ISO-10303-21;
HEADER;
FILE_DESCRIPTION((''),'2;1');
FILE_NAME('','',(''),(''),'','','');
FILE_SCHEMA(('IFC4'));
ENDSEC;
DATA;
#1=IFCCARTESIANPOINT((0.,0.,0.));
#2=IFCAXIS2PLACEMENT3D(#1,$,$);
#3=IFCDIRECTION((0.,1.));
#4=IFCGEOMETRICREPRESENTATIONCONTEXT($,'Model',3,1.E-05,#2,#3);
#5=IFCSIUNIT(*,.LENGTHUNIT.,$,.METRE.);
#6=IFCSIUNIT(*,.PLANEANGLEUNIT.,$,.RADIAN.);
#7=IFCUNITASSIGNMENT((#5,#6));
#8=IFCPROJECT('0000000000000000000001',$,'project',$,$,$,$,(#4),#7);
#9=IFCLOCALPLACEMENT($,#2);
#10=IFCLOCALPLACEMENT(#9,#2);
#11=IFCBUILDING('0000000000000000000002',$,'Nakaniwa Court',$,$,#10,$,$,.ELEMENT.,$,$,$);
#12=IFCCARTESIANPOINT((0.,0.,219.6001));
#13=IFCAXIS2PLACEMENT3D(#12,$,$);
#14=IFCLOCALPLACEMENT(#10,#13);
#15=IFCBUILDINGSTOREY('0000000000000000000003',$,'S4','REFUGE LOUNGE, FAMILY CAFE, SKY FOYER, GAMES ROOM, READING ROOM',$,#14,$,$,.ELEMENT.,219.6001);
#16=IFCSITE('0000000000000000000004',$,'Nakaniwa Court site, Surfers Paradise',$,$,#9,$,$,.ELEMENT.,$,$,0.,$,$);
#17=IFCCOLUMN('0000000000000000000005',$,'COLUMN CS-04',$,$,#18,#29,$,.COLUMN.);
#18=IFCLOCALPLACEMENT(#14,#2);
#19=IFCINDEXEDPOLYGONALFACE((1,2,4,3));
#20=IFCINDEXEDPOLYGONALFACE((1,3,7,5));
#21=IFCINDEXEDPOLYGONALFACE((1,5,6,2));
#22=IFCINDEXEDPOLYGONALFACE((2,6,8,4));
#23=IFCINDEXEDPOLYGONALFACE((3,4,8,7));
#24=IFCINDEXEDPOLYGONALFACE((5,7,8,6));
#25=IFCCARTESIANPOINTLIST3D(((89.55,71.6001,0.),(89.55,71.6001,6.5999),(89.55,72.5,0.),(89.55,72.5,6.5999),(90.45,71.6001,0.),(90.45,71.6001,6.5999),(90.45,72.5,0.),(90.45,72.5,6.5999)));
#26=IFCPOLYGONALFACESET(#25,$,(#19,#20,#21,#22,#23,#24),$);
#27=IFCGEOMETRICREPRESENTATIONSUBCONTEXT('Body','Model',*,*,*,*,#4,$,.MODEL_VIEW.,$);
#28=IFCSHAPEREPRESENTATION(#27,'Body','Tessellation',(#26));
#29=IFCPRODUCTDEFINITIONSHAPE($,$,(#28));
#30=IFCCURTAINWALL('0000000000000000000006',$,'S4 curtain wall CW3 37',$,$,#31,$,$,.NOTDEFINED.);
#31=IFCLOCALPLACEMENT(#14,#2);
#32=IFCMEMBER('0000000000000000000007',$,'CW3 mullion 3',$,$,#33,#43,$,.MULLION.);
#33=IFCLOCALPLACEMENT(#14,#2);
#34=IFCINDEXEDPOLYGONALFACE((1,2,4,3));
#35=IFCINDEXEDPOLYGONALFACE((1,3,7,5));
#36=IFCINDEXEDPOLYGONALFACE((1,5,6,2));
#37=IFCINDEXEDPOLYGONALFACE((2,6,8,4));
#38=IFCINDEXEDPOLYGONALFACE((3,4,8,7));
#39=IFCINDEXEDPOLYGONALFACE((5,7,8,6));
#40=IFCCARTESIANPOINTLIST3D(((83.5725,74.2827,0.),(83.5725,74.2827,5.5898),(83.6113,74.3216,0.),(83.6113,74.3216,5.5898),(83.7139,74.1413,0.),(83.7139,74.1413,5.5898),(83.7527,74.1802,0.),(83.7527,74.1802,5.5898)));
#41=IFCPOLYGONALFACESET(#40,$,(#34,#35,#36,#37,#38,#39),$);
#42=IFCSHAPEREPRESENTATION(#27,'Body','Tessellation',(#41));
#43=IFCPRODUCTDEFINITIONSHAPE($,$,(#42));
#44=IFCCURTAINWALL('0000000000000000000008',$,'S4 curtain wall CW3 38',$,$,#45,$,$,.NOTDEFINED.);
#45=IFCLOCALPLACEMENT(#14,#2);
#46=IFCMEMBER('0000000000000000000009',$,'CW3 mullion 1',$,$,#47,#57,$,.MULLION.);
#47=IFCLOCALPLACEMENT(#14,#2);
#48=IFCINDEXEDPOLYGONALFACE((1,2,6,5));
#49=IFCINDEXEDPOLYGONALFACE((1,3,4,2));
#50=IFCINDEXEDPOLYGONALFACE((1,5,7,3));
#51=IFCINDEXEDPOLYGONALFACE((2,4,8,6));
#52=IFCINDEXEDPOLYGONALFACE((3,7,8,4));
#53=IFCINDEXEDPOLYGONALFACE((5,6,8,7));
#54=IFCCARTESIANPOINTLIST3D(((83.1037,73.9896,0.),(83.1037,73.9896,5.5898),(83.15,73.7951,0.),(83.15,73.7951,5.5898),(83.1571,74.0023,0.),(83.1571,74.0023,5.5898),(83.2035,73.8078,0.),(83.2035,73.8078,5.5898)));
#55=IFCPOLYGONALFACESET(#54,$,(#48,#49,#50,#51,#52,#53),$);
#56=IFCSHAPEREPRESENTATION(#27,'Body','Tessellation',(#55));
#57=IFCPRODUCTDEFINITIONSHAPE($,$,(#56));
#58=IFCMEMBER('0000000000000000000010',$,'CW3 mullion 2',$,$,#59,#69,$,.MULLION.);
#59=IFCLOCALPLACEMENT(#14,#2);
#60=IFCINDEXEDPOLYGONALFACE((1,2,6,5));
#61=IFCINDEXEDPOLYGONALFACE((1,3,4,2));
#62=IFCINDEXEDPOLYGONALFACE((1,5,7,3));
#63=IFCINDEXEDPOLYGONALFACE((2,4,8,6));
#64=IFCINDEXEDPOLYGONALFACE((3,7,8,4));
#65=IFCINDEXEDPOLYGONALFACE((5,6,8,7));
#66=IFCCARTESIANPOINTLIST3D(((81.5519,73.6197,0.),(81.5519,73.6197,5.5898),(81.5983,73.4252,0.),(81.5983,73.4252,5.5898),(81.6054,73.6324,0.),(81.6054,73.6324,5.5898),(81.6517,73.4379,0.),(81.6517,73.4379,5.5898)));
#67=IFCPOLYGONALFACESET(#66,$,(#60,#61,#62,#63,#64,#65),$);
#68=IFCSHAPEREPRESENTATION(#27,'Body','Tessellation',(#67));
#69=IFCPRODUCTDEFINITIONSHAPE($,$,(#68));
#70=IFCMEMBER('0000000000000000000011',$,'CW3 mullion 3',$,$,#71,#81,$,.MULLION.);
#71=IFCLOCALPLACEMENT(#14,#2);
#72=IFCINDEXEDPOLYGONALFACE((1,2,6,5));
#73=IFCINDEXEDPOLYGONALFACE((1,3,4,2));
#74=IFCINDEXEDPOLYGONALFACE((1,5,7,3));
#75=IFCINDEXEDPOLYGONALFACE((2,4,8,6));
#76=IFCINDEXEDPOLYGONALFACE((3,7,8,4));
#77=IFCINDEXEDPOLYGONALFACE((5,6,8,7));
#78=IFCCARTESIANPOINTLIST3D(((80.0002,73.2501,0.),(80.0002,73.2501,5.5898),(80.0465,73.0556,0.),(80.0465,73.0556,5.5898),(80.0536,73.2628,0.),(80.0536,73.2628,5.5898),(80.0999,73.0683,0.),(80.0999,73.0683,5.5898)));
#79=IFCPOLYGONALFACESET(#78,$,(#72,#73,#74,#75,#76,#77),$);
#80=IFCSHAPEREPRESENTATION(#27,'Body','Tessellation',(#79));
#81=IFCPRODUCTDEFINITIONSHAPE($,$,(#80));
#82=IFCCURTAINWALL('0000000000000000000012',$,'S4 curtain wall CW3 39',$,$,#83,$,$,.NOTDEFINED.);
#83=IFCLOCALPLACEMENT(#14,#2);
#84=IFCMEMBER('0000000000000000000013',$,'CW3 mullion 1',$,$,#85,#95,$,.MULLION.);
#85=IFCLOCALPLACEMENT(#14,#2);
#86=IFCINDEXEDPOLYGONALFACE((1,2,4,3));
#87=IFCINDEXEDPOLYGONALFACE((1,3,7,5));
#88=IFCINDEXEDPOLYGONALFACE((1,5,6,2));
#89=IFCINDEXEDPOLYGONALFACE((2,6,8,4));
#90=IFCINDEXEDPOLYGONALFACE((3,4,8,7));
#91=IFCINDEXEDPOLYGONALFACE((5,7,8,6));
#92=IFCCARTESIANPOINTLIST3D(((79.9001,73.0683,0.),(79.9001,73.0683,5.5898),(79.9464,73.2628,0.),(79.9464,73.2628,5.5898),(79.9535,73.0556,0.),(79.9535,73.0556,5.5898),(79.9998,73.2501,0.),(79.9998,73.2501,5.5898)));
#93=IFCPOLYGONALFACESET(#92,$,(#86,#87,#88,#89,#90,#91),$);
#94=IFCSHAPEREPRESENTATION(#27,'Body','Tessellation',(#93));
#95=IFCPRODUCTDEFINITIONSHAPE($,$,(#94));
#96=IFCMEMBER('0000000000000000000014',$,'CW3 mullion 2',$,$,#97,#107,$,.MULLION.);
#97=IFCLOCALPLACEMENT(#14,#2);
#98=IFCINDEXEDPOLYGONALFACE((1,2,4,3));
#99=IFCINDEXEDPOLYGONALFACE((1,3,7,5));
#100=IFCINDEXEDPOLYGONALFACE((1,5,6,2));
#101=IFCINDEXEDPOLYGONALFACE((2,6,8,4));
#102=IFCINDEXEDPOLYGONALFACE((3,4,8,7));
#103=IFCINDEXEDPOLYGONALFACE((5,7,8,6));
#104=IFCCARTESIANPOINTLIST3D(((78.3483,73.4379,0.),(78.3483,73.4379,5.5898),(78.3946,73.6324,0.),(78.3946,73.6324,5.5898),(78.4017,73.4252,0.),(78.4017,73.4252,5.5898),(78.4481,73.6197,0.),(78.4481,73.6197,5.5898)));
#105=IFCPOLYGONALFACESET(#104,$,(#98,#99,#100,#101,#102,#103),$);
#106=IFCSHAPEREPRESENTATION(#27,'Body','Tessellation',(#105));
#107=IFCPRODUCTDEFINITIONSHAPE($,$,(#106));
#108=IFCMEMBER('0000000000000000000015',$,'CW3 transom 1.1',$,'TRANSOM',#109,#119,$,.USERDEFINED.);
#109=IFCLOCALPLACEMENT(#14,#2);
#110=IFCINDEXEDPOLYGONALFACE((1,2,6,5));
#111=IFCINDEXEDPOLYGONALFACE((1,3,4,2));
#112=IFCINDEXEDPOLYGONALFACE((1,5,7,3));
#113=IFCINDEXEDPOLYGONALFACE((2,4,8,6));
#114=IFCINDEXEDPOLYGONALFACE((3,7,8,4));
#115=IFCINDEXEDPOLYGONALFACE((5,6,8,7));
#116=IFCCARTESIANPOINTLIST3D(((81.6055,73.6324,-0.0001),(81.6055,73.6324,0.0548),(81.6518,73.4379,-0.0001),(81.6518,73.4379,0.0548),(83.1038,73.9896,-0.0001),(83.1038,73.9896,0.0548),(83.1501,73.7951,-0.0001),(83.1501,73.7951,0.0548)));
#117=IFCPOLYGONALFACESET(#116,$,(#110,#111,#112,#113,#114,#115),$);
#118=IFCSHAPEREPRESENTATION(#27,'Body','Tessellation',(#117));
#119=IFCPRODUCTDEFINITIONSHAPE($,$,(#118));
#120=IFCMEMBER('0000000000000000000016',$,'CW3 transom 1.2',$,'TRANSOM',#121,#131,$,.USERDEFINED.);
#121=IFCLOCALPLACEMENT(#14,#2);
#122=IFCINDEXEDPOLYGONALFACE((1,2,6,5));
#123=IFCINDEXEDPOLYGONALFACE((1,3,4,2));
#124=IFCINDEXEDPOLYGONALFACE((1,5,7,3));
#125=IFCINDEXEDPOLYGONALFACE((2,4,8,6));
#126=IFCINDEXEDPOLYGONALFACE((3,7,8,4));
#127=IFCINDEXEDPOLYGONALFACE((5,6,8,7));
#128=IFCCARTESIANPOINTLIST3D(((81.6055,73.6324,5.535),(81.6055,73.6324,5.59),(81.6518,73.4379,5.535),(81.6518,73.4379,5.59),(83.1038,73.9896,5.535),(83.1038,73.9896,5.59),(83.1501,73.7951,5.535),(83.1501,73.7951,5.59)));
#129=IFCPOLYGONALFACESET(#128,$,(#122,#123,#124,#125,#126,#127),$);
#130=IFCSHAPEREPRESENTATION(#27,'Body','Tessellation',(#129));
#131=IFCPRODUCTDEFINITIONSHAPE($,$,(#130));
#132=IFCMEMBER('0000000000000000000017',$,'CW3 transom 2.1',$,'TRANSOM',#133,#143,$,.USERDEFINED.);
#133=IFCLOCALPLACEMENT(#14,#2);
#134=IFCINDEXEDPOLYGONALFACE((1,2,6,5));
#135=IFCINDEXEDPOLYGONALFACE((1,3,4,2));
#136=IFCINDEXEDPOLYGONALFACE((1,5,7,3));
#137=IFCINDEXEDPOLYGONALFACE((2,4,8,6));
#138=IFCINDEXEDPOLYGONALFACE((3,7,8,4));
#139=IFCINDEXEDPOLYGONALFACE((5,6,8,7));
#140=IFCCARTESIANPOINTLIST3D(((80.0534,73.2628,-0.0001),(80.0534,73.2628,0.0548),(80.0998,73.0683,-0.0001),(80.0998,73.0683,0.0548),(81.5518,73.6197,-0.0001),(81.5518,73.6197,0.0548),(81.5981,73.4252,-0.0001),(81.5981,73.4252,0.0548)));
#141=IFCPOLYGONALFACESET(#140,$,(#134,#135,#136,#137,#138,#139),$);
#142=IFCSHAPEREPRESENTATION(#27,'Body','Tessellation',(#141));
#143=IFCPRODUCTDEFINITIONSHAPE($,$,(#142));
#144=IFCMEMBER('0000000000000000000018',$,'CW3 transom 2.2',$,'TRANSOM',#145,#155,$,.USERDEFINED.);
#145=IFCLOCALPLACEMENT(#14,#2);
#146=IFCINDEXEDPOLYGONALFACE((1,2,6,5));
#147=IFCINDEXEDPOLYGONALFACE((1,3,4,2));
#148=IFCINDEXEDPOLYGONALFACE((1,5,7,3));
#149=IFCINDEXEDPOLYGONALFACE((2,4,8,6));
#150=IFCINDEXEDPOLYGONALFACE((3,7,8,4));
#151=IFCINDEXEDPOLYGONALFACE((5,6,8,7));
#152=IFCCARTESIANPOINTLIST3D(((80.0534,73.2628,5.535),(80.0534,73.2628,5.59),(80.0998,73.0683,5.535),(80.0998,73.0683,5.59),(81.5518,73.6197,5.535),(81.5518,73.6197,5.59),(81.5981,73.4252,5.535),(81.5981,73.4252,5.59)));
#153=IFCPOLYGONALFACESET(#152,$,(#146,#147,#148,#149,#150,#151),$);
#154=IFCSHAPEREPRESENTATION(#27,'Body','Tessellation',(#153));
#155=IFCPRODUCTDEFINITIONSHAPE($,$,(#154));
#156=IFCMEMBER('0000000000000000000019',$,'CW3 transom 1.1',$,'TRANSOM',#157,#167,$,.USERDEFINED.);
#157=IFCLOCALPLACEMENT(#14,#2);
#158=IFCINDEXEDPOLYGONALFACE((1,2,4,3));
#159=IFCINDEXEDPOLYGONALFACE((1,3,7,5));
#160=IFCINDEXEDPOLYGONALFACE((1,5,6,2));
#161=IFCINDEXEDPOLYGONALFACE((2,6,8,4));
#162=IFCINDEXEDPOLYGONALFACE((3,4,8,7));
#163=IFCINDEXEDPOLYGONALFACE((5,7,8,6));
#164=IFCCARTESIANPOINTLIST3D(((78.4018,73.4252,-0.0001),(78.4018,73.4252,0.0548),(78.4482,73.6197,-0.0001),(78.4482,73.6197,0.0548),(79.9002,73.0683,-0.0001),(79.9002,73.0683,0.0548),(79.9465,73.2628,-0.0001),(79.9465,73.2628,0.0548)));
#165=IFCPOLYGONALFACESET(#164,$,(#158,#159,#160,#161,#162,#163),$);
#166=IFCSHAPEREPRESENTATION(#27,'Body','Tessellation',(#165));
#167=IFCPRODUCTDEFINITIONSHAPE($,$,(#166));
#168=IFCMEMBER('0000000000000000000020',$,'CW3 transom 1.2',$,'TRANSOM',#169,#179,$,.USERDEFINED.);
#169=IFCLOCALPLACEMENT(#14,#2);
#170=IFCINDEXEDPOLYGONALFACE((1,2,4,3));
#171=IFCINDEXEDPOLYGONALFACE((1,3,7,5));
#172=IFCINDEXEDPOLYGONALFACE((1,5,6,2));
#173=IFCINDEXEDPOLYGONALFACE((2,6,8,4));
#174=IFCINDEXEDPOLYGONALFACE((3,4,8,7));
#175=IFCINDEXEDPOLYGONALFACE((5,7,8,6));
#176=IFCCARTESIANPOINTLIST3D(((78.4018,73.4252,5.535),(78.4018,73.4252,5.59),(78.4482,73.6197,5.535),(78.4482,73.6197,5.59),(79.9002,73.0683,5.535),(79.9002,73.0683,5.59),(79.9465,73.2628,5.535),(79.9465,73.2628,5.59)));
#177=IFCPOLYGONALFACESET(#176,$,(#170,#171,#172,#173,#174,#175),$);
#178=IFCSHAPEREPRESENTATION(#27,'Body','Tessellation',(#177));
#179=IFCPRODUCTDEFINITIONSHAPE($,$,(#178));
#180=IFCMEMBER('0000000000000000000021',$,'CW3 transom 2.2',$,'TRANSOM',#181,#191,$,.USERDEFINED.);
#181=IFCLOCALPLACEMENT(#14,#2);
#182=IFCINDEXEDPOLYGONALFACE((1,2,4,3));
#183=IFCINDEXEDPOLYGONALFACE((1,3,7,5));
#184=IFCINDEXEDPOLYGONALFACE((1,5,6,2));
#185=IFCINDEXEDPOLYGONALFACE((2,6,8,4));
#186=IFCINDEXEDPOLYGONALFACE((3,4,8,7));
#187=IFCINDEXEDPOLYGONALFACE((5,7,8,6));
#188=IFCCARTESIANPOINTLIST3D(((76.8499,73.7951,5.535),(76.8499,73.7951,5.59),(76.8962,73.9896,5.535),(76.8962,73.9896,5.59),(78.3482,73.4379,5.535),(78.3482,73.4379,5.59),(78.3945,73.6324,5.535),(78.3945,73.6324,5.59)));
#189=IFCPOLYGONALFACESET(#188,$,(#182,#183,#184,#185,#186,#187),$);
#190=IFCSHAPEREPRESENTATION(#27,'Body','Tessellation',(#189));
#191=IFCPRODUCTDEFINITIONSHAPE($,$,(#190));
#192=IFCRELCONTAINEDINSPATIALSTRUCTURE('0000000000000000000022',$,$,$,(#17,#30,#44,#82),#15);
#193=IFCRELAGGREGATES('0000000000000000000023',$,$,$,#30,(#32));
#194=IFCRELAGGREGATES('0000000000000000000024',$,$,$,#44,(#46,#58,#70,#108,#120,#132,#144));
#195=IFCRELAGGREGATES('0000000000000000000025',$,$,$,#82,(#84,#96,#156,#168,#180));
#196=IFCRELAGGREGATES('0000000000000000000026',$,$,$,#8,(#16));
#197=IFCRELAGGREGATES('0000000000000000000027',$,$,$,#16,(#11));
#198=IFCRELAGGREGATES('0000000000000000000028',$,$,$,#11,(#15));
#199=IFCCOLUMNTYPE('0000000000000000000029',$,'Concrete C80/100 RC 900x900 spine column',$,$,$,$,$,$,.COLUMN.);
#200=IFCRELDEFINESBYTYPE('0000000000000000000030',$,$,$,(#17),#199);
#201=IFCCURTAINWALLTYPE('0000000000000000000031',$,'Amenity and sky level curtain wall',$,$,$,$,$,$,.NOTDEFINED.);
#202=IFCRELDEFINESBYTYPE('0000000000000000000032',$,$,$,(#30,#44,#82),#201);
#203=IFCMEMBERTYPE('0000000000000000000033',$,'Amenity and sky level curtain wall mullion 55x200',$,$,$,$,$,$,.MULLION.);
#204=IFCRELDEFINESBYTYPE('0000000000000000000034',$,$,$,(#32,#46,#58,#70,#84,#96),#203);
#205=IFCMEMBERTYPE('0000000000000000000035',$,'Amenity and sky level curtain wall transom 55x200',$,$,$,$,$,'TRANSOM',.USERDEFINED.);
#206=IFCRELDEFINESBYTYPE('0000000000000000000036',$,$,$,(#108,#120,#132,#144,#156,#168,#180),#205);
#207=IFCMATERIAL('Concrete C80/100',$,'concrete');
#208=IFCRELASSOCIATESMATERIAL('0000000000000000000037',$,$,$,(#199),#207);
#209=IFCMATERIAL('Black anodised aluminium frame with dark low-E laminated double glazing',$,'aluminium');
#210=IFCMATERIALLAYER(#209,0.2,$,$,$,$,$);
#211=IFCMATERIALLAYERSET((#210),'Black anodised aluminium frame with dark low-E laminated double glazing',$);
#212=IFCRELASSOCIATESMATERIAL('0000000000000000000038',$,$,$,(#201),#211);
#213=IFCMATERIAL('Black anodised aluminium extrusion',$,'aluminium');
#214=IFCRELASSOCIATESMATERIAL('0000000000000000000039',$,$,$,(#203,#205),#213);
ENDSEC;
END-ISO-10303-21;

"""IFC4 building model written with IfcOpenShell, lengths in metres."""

from ifc_helpers import new_model, si_unit, direction, frame, origin, origin_2d, place, context, subcontext, project, spatial, rectangle, extrude, material, layer, layer_set, material_profile, profile_set, type_object, element, aggregate, save


model = new_model("IFC4")

# Units and contexts
model_context = context("Model", 3, precision=1e-05, world=origin(), true_north=direction((0.0, 1.0)))
body_context = subcontext(model_context, "Body", "Model", "MODEL_VIEW")
ifc_project = project(units=[si_unit("LENGTHUNIT", "METRE"), si_unit("PLANEANGLEUNIT", "RADIAN")], contexts=[model_context])

# Site, building, storey
site_placement = place(None, origin())
site = spatial("IfcSite", under=ifc_project, at=site_placement, Name="Nakaniwa Court site, Surfers Paradise", CompositionType="ELEMENT", RefElevation=0.0)
building_placement = place(site_placement, origin())
building = spatial("IfcBuilding", under=site, at=building_placement, Name="Nakaniwa Court", CompositionType="ELEMENT")
storey_placement = place(building_placement, frame((0.0, 0.0, 219.6001)))
storey = spatial("IfcBuildingStorey", under=building, at=storey_placement, Name="S4", Description="REFUGE LOUNGE, FAMILY CAFE, SKY FOYER, GAMES ROOM, READING ROOM", CompositionType="ELEMENT", Elevation=219.6001)

# Column
ifc_material_1 = material(Name="Concrete C80/100", Category="concrete")
ifc_material_profile_1 = material_profile(ifc_material_1, rectangle(XDim=0.8999, YDim=0.8999, at=origin_2d()), Name="Concrete C80/100 RC 900x900 spine column")
ifc_profile_set_1 = profile_set([ifc_material_profile_1], Name="Concrete C80/100")
column_type_1 = type_object("IfcColumnType", Name="Concrete C80/100 RC 900x900 spine column", PredefinedType="COLUMN", material=ifc_profile_set_1)
column_1_placement = place(storey_placement, frame((90.0, 72.05, 0.0), z_axis=(0.0, 0.0, 1.0), x_axis=(0.0, 1.0, 0.0)))
element("IfcColumn", 1, at=column_1_placement, inside=storey, type_object=column_type_1, Name="COLUMN CS-04", PredefinedType="COLUMN", context=body_context, shape_type="SweptSolid", body=[
    extrude(rectangle(XDim=0.8999, YDim=0.8999, at=origin_2d()), origin(), (0.0, 0.0, 1.0), 6.5999),
])

# Curtain wall, member
ifc_material_2 = material(Name="Black anodised aluminium frame with dark low-E laminated double glazing", Category="aluminium")
ifc_layer_1 = layer(ifc_material_2, 0.2)
ifc_layer_set_1 = layer_set([ifc_layer_1], Name="Black anodised aluminium frame with dark low-E laminated double glazing")
curtain_wall_type = type_object("IfcCurtainWallType", Name="Amenity and sky level curtain wall", PredefinedType="NOTDEFINED", material=ifc_layer_set_1)
curtain_wall_1_placement = place(storey_placement, origin())
curtain_wall_1 = element("IfcCurtainWall", 2, at=curtain_wall_1_placement, inside=storey, type_object=curtain_wall_type, Name="S4 curtain wall CW3 37", PredefinedType="NOTDEFINED")
ifc_material_3 = material(Name="Black anodised aluminium extrusion", Category="aluminium")
ifc_material_profile_2 = material_profile(ifc_material_3, rectangle(XDim=0.2, YDim=0.0549, at=origin_2d()), Name="Amenity and sky level curtain wall mullion 55x200")
ifc_profile_set_2 = profile_set([ifc_material_profile_2], Name="Black anodised aluminium extrusion")
member_type_1 = type_object("IfcMemberType", Name="Amenity and sky level curtain wall mullion 55x200", PredefinedType="MULLION", material=ifc_profile_set_2)
member_1_placement = place(storey_placement, frame((83.6626, 74.2314, 0.0), z_axis=(0.0, 0.0, 1.0), x_axis=(0.707107, -0.707107, 0.0)))
member_1 = element("IfcMember", 3, at=member_1_placement, type_object=member_type_1, Name="CW3 mullion 3", PredefinedType="MULLION", context=body_context, shape_type="SweptSolid", body=[
    extrude(rectangle(XDim=0.2, YDim=0.0549, at=origin_2d()), origin(), (0.0, 0.0, 1.0), 5.5898),
])
aggregate(curtain_wall_1, [member_1])

# Curtain walls, members
curtain_wall_2_placement = place(storey_placement, origin())
curtain_wall_2 = element("IfcCurtainWall", 4, at=curtain_wall_2_placement, inside=storey, type_object=curtain_wall_type, Name="S4 curtain wall CW3 38", PredefinedType="NOTDEFINED")
member_2_placement = place(storey_placement, frame((83.1536, 73.8987, 0.0), z_axis=(0.0, 0.0, 1.0), x_axis=(0.231791, -0.972766, 0.0)))
member_2 = element("IfcMember", 5, at=member_2_placement, type_object=member_type_1, Name="CW3 mullion 1", PredefinedType="MULLION", context=body_context, shape_type="SweptSolid", body=[
    extrude(rectangle(XDim=0.2, YDim=0.0549, at=origin_2d()), origin(), (0.0, 0.0, 1.0), 5.5898),
])
member_3_placement = place(storey_placement, frame((81.6018, 73.5288, 0.0), z_axis=(0.0, 0.0, 1.0), x_axis=(0.231791, -0.972766, 0.0)))
member_3 = element("IfcMember", 6, at=member_3_placement, type_object=member_type_1, Name="CW3 mullion 2", PredefinedType="MULLION", context=body_context, shape_type="SweptSolid", body=[
    extrude(rectangle(XDim=0.2, YDim=0.0549, at=origin_2d()), origin(), (0.0, 0.0, 1.0), 5.5898),
])
member_4_placement = place(storey_placement, frame((80.05, 73.1592, 0.0), z_axis=(0.0, 0.0, 1.0), x_axis=(0.231791, -0.972766, 0.0)))
member_4 = element("IfcMember", 7, at=member_4_placement, type_object=member_type_1, Name="CW3 mullion 3", PredefinedType="MULLION", context=body_context, shape_type="SweptSolid", body=[
    extrude(rectangle(XDim=0.2, YDim=0.0549, at=origin_2d()), origin(), (0.0, 0.0, 1.0), 5.5898),
])
curtain_wall_3_placement = place(storey_placement, origin())
curtain_wall_3 = element("IfcCurtainWall", 8, at=curtain_wall_3_placement, inside=storey, type_object=curtain_wall_type, Name="S4 curtain wall CW3 39", PredefinedType="NOTDEFINED")
member_5_placement = place(storey_placement, frame((79.95, 73.1592, 0.0), z_axis=(0.0, 0.0, 1.0), x_axis=(-0.231791, -0.972766, 0.0)))
member_5 = element("IfcMember", 9, at=member_5_placement, type_object=member_type_1, Name="CW3 mullion 1", PredefinedType="MULLION", context=body_context, shape_type="SweptSolid", body=[
    extrude(rectangle(XDim=0.2, YDim=0.0549, at=origin_2d()), origin(), (0.0, 0.0, 1.0), 5.5898),
])
member_6_placement = place(storey_placement, frame((78.3982, 73.5288, 0.0), z_axis=(0.0, 0.0, 1.0), x_axis=(-0.231791, -0.972766, 0.0)))
member_6 = element("IfcMember", 10, at=member_6_placement, type_object=member_type_1, Name="CW3 mullion 2", PredefinedType="MULLION", context=body_context, shape_type="SweptSolid", body=[
    extrude(rectangle(XDim=0.2, YDim=0.0549, at=origin_2d()), origin(), (0.0, 0.0, 1.0), 5.5898),
])

# Members
ifc_material_profile_3 = material_profile(ifc_material_3, rectangle(XDim=0.2, YDim=0.0549, at=origin_2d()), Name="Amenity and sky level curtain wall transom 55x200")
ifc_profile_set_3 = profile_set([ifc_material_profile_3], Name="Black anodised aluminium extrusion")
member_type_2 = type_object("IfcMemberType", Name="Amenity and sky level curtain wall transom 55x200", ElementType="TRANSOM", PredefinedType="USERDEFINED", material=ifc_profile_set_3)
member_7_placement = place(storey_placement, frame((83.127, 73.8923, 0.0273), z_axis=(-0.972742, -0.231892, 0.0), x_axis=(0.231892, -0.972742, 0.0)))
member_7 = element("IfcMember", 11, at=member_7_placement, type_object=member_type_2, Name="CW3 transom 1.1", ObjectType="TRANSOM", PredefinedType="USERDEFINED", context=body_context, shape_type="SweptSolid", body=[
    extrude(rectangle(XDim=0.2, YDim=0.0549, at=origin_2d()), origin(), (0.0, 0.0, 1.0), 1.5403),
])
member_8_placement = place(storey_placement, frame((83.127, 73.8923, 5.5625), z_axis=(-0.972742, -0.231892, 0.0), x_axis=(0.231892, -0.972742, 0.0)))
member_8 = element("IfcMember", 12, at=member_8_placement, type_object=member_type_2, Name="CW3 transom 1.2", ObjectType="TRANSOM", PredefinedType="USERDEFINED", context=body_context, shape_type="SweptSolid", body=[
    extrude(rectangle(XDim=0.2, YDim=0.0549, at=origin_2d()), origin(), (0.0, 0.0, 1.0), 1.5403),
])
member_9_placement = place(storey_placement, frame((81.575, 73.5225, 0.0273), z_axis=(-0.972777, -0.231742, 0.0), x_axis=(0.231742, -0.972777, 0.0)))
member_9 = element("IfcMember", 13, at=member_9_placement, type_object=member_type_2, Name="CW3 transom 2.1", ObjectType="TRANSOM", PredefinedType="USERDEFINED", context=body_context, shape_type="SweptSolid", body=[
    extrude(rectangle(XDim=0.2, YDim=0.0549, at=origin_2d()), origin(), (0.0, 0.0, 1.0), 1.5403),
])
member_10_placement = place(storey_placement, frame((81.575, 73.5225, 5.5625), z_axis=(-0.972777, -0.231742, 0.0), x_axis=(0.231742, -0.972777, 0.0)))
member_10 = element("IfcMember", 14, at=member_10_placement, type_object=member_type_2, Name="CW3 transom 2.2", ObjectType="TRANSOM", PredefinedType="USERDEFINED", context=body_context, shape_type="SweptSolid", body=[
    extrude(rectangle(XDim=0.2, YDim=0.0549, at=origin_2d()), origin(), (0.0, 0.0, 1.0), 1.5403),
])
member_11_placement = place(storey_placement, frame((79.9233, 73.1655, 0.0273), z_axis=(-0.972777, 0.231742, 0.0), x_axis=(-0.231742, -0.972777, 0.0)))
member_11 = element("IfcMember", 15, at=member_11_placement, type_object=member_type_2, Name="CW3 transom 1.1", ObjectType="TRANSOM", PredefinedType="USERDEFINED", context=body_context, shape_type="SweptSolid", body=[
    extrude(rectangle(XDim=0.2, YDim=0.0549, at=origin_2d()), origin(), (0.0, 0.0, 1.0), 1.5403),
])
member_12_placement = place(storey_placement, frame((79.9233, 73.1655, 5.5625), z_axis=(-0.972777, 0.231742, 0.0), x_axis=(-0.231742, -0.972777, 0.0)))
member_12 = element("IfcMember", 16, at=member_12_placement, type_object=member_type_2, Name="CW3 transom 1.2", ObjectType="TRANSOM", PredefinedType="USERDEFINED", context=body_context, shape_type="SweptSolid", body=[
    extrude(rectangle(XDim=0.2, YDim=0.0549, at=origin_2d()), origin(), (0.0, 0.0, 1.0), 1.5403),
])
member_13_placement = place(storey_placement, frame((78.3713, 73.5352, 5.5625), z_axis=(-0.972742, 0.231892, 0.0), x_axis=(-0.231892, -0.972742, 0.0)))
member_13 = element("IfcMember", 17, at=member_13_placement, type_object=member_type_2, Name="CW3 transom 2.2", ObjectType="TRANSOM", PredefinedType="USERDEFINED", context=body_context, shape_type="SweptSolid", body=[
    extrude(rectangle(XDim=0.2, YDim=0.0549, at=origin_2d()), origin(), (0.0, 0.0, 1.0), 1.5403),
])

aggregate(curtain_wall_2, [member_2, member_3, member_4, member_7, member_8, member_9, member_10])
aggregate(curtain_wall_3, [member_5, member_6, member_11, member_12, member_13])

save(model, "model.ifc")
